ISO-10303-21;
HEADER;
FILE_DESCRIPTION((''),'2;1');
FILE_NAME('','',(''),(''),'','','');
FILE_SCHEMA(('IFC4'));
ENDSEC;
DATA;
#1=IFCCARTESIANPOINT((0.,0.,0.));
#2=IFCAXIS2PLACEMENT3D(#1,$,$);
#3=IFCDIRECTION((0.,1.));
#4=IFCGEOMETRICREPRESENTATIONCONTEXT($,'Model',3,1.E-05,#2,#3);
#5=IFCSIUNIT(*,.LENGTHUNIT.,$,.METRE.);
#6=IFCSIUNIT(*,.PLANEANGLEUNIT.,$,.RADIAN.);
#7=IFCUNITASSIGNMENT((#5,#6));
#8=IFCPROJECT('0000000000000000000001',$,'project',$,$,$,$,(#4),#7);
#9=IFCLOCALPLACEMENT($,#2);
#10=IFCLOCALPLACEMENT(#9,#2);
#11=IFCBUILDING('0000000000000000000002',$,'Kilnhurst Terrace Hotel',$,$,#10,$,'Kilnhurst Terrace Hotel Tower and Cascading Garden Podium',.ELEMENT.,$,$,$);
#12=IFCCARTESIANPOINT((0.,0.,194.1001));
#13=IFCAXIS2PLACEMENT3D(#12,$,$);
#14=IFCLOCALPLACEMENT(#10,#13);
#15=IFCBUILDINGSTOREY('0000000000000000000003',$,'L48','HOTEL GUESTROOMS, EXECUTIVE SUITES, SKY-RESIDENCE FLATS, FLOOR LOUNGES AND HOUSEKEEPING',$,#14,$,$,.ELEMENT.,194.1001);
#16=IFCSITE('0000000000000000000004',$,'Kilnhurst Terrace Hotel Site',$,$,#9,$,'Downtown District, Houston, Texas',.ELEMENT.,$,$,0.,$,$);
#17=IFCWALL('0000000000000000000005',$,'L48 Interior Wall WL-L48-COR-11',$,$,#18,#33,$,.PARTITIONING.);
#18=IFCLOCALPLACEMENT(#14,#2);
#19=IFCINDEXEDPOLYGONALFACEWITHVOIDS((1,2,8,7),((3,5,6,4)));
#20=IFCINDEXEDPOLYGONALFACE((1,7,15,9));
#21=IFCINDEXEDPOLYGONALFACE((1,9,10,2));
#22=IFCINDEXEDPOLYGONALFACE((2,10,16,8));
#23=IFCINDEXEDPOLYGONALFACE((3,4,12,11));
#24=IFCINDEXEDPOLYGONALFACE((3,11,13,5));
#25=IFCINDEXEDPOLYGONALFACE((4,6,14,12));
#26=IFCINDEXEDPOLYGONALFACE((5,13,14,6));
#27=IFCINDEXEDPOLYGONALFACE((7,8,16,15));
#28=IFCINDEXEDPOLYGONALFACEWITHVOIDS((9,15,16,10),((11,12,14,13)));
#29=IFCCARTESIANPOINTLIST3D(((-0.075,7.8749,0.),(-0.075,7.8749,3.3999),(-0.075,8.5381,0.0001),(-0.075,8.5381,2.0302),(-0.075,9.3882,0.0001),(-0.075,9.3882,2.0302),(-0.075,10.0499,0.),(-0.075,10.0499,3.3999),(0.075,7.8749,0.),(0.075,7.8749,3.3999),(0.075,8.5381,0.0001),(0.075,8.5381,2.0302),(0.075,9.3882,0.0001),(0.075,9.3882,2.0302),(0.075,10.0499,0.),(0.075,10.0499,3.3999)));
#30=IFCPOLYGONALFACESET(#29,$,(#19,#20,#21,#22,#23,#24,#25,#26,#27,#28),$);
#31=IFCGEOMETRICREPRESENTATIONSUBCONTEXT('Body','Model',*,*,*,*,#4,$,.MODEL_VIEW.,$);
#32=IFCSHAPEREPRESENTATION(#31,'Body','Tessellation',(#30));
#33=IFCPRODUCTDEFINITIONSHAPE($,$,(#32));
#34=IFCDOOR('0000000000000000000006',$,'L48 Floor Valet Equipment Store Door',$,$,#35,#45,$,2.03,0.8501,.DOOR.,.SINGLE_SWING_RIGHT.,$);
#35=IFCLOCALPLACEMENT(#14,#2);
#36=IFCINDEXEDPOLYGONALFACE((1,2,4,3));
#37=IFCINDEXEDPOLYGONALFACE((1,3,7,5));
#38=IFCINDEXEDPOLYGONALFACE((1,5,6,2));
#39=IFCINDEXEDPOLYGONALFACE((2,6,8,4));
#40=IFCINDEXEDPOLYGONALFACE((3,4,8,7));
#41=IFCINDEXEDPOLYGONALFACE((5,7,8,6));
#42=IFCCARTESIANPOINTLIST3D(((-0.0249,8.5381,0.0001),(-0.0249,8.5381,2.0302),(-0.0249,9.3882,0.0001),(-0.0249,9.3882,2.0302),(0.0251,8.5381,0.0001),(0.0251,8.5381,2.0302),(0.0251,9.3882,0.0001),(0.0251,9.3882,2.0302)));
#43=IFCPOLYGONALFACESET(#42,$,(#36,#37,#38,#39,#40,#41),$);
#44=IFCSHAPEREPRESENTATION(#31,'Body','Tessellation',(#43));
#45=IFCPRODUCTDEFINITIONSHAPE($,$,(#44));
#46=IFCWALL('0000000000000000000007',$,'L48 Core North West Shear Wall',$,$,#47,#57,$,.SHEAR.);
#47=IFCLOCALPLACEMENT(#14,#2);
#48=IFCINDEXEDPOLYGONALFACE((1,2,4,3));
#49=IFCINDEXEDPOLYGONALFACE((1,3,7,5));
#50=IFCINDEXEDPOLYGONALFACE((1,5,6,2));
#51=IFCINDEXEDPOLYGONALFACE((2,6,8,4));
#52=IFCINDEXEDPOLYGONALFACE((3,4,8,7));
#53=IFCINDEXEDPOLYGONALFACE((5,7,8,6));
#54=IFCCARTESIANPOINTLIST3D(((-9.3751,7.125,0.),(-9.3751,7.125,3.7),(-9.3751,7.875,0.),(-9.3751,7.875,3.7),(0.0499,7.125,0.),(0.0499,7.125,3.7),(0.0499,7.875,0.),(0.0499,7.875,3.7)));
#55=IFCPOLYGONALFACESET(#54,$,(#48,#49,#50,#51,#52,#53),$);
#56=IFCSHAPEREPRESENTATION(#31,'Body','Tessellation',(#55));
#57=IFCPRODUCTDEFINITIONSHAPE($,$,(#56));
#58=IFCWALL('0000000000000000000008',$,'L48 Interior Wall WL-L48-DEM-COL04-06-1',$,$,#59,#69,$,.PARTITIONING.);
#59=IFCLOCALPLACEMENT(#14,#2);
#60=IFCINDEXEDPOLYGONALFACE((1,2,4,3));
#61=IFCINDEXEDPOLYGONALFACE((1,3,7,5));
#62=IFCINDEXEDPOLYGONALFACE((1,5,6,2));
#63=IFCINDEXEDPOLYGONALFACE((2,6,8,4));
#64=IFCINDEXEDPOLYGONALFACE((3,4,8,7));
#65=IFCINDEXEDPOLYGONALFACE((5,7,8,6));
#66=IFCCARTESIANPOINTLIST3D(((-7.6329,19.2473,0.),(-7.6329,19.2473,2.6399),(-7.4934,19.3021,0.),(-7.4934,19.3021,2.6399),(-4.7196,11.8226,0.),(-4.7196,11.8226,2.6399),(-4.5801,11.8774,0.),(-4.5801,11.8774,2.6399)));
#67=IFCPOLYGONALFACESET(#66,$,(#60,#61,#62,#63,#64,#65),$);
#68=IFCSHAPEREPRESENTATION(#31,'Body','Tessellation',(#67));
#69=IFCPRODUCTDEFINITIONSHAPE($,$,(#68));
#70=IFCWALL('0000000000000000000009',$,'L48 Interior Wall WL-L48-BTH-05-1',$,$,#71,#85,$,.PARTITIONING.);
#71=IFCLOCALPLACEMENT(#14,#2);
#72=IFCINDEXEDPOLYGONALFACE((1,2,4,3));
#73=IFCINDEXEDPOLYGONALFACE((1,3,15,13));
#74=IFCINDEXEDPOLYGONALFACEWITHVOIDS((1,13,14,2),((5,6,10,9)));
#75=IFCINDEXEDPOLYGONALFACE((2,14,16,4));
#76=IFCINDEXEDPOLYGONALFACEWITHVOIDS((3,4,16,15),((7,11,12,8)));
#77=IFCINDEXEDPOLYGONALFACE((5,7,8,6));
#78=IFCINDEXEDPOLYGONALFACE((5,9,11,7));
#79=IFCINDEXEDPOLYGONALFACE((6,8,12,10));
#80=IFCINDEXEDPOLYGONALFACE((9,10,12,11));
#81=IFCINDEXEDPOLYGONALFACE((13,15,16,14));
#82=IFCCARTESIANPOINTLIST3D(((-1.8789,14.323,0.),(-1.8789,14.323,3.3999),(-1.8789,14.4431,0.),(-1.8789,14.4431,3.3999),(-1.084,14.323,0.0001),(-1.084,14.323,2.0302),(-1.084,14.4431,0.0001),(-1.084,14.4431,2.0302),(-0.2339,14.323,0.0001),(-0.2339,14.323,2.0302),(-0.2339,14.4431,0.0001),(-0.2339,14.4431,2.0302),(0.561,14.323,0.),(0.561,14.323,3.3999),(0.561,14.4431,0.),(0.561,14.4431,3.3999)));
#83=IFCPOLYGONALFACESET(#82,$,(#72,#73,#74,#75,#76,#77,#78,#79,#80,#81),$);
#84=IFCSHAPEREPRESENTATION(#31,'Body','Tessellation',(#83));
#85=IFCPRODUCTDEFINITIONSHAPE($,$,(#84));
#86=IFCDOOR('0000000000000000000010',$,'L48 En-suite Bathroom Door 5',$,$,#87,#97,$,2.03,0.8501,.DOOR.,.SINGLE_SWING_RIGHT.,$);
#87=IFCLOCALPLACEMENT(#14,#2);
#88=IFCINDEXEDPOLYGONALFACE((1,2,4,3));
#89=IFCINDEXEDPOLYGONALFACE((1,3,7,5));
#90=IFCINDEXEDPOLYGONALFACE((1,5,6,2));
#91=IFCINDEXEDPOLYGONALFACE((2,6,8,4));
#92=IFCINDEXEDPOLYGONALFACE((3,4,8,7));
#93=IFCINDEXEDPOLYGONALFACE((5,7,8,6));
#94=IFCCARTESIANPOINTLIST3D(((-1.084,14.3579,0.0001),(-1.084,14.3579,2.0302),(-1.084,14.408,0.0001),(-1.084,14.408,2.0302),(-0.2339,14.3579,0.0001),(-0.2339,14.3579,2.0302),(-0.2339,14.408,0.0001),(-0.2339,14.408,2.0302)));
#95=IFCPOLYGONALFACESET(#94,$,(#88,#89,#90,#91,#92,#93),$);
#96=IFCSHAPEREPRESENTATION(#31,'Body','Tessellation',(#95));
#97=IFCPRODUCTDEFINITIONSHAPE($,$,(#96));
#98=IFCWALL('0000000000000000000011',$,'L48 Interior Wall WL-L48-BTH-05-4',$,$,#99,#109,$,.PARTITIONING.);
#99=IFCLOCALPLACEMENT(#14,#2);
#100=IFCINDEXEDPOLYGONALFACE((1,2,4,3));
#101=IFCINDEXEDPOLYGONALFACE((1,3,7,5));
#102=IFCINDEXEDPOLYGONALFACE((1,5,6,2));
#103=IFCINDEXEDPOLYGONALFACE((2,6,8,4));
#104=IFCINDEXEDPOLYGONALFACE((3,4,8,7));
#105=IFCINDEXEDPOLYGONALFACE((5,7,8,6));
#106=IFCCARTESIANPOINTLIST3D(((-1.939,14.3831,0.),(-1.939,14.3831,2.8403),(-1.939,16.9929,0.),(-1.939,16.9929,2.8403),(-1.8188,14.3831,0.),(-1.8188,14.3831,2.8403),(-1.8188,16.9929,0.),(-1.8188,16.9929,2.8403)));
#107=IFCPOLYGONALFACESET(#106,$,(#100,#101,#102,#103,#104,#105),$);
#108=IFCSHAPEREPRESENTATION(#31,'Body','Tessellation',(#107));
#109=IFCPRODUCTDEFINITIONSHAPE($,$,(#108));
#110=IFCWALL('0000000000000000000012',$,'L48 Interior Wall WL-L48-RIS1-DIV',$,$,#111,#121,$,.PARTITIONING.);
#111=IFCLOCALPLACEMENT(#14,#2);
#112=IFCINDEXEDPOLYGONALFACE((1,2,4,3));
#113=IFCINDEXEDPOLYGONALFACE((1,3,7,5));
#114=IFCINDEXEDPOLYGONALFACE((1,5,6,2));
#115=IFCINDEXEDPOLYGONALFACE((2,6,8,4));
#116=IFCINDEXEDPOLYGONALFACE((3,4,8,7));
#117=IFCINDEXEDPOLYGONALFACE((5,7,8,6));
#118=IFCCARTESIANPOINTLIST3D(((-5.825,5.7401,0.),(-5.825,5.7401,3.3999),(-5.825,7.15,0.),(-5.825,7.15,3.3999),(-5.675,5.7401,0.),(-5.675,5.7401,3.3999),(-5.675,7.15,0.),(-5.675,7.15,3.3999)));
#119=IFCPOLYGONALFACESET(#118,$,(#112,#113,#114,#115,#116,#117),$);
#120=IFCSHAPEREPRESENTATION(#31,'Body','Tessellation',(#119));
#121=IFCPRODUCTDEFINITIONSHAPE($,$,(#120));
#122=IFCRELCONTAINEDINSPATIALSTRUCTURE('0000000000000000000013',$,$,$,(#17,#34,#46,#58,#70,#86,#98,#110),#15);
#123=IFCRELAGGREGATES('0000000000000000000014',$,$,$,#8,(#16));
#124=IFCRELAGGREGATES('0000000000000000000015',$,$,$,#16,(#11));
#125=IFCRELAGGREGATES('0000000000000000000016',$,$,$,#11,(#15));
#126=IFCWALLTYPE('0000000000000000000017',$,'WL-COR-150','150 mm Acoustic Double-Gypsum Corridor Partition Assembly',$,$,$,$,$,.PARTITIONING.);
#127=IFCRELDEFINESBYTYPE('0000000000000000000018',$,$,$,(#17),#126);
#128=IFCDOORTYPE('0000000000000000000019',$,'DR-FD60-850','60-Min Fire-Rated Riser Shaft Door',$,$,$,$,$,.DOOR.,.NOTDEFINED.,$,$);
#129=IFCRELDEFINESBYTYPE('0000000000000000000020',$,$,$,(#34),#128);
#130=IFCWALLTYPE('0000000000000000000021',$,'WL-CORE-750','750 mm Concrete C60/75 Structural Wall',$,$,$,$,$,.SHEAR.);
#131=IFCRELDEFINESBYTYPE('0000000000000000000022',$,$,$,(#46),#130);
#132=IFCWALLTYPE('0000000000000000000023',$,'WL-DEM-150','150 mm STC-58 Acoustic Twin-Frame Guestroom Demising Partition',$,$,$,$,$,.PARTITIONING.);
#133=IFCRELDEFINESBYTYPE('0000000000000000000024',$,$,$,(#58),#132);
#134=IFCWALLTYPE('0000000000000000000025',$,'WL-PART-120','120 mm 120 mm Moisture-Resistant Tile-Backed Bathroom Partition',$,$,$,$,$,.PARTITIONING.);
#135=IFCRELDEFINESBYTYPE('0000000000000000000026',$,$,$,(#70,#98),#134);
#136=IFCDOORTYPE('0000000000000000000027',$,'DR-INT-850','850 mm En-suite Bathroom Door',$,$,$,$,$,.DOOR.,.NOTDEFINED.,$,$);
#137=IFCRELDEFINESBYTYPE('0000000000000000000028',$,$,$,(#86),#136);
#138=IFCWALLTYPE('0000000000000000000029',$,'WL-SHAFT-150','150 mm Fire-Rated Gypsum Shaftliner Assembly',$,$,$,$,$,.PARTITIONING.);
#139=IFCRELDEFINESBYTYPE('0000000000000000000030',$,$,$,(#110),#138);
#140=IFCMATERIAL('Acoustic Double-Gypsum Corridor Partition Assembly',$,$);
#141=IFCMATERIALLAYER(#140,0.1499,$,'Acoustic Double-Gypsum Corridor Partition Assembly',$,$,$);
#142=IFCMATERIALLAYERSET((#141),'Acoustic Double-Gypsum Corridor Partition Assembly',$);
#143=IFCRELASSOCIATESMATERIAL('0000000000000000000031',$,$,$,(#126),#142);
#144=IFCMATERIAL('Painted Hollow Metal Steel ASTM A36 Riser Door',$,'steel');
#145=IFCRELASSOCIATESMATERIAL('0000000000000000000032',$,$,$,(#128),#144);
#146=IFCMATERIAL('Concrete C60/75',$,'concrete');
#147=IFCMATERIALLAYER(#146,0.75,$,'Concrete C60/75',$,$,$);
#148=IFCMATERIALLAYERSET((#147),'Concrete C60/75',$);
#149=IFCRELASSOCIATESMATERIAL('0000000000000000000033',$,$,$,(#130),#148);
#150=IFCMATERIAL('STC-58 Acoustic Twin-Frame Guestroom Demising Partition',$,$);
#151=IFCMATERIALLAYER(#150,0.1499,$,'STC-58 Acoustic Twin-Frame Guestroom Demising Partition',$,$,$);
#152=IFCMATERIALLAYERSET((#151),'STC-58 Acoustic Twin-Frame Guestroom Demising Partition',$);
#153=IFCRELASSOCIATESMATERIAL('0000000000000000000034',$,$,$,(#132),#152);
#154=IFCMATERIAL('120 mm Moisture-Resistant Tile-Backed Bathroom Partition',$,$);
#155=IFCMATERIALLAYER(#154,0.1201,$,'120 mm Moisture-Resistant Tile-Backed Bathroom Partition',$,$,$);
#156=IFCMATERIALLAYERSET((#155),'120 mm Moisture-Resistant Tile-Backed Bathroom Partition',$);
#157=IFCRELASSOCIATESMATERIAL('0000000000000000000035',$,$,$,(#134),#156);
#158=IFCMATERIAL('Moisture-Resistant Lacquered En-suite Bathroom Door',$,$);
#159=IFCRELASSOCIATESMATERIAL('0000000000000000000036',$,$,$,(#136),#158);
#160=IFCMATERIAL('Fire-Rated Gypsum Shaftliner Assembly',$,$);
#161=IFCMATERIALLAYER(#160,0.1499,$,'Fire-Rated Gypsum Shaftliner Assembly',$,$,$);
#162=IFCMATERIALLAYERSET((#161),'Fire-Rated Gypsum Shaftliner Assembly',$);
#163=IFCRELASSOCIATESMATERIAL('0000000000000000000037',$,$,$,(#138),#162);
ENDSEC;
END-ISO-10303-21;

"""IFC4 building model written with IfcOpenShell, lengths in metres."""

from ifc_helpers import new_model, si_unit, direction, frame, frame_2d, origin, place, context, subcontext, project, spatial, rectangle, extrude, material, layer, layer_set, type_object, element, fill, save


model = new_model("IFC4")

# Units and contexts
model_context = context("Model", 3, precision=1e-05, world=origin(), true_north=direction((0.0, 1.0)))
body_context = subcontext(model_context, "Body", "Model", "MODEL_VIEW")
ifc_project = project(units=[si_unit("LENGTHUNIT", "METRE"), si_unit("PLANEANGLEUNIT", "RADIAN")], contexts=[model_context])

# Site, building, storey
site_placement = place(None, origin())
site = spatial("IfcSite", under=ifc_project, at=site_placement, Name="Kilnhurst Terrace Hotel Site", LongName="Downtown District, Houston, Texas", CompositionType="ELEMENT", RefElevation=0.0)
building_placement = place(site_placement, origin())
building = spatial("IfcBuilding", under=site, at=building_placement, Name="Kilnhurst Terrace Hotel", LongName="Kilnhurst Terrace Hotel Tower and Cascading Garden Podium", CompositionType="ELEMENT")
storey_placement = place(building_placement, frame((0.0, 0.0, 194.1001)))
storey = spatial("IfcBuildingStorey", under=building, at=storey_placement, Name="L48", Description="HOTEL GUESTROOMS, EXECUTIVE SUITES, SKY-RESIDENCE FLATS, FLOOR LOUNGES AND HOUSEKEEPING", CompositionType="ELEMENT", Elevation=194.1001)

# Wall, opening, door
ifc_material_1 = material(Name="Acoustic Double-Gypsum Corridor Partition Assembly")
ifc_layer_1 = layer(ifc_material_1, 0.1499, Name="Acoustic Double-Gypsum Corridor Partition Assembly")
ifc_layer_set_1 = layer_set([ifc_layer_1], Name="Acoustic Double-Gypsum Corridor Partition Assembly")
wall_type_1 = type_object("IfcWallType", Name="WL-COR-150", Description="150 mm Acoustic Double-Gypsum Corridor Partition Assembly", PredefinedType="PARTITIONING", material=ifc_layer_set_1)
wall_1_placement = place(storey_placement, frame((0.0, 7.875, 0.0), z_axis=(0.0, 0.0, 1.0), x_axis=(0.0, 1.0, 0.0)))
wall_1 = element("IfcWall", 1, at=wall_1_placement, inside=storey, type_object=wall_type_1, Name="L48 Interior Wall WL-L48-COR-11", PredefinedType="PARTITIONING", context=body_context, shape_type="SweptSolid", body=[
    extrude(rectangle(XDim=2.175, YDim=0.1499, at=frame_2d((1.0874, 0.0))), origin(), (0.0, 0.0, 1.0), 3.3999),
])
opening_1_placement = place(wall_1_placement, frame((0.6631, 0.0, 0.0)))
opening_1 = element("IfcOpeningElement", 2, at=opening_1_placement, cuts=wall_1, PredefinedType="OPENING", context=body_context, shape_type="SweptSolid", body=[
    extrude(rectangle(XDim=0.8501, YDim=2.03, at=frame_2d((0.425, 1.0151))), frame((0.0, 0.085, 0.0), z_axis=(0.0, -1.0, 0.0), x_axis=(1.0, 0.0, 0.0)), (0.0, 0.0, 1.0), 0.1699),
])
ifc_material_2 = material(Name="Painted Hollow Metal Steel ASTM A36 Riser Door", Category="steel")
door_type_1 = type_object("IfcDoorType", Name="DR-FD60-850", Description="60-Min Fire-Rated Riser Shaft Door", OperationType="NOTDEFINED", PredefinedType="DOOR", material=ifc_material_2)
door_1_placement = place(opening_1_placement, origin())
door_1 = element("IfcDoor", 3, at=door_1_placement, inside=storey, type_object=door_type_1, Name="L48 Floor Valet Equipment Store Door", OperationType="SINGLE_SWING_RIGHT", OverallHeight=2.03, OverallWidth=0.8501, PredefinedType="DOOR", context=body_context, shape_type="SweptSolid", body=[
    extrude(rectangle(XDim=0.8501, YDim=2.03, at=frame_2d((0.425, 1.0151))), frame((0.0, 0.0249, 0.0), z_axis=(0.0, -1.0, 0.0), x_axis=(1.0, 0.0, 0.0)), (0.0, 0.0, 1.0), 0.05),
])
fill(opening_1, door_1)

# Walls
ifc_material_3 = material(Name="Concrete C60/75", Category="concrete")
ifc_layer_2 = layer(ifc_material_3, 0.75, Name="Concrete C60/75")
ifc_layer_set_2 = layer_set([ifc_layer_2], Name="Concrete C60/75")
wall_type_2 = type_object("IfcWallType", Name="WL-CORE-750", Description="750 mm Concrete C60/75 Structural Wall", PredefinedType="SHEAR", material=ifc_layer_set_2)
wall_2_placement = place(storey_placement, frame((-9.375, 7.5, 0.0), z_axis=(0.0, 0.0, 1.0), x_axis=(1.0, 0.0, 0.0)))
element("IfcWall", 4, at=wall_2_placement, inside=storey, type_object=wall_type_2, Name="L48 Core North West Shear Wall", PredefinedType="SHEAR", context=body_context, shape_type="SweptSolid", body=[
    extrude(rectangle(XDim=9.425, YDim=0.75, at=frame_2d((4.7124, 0.0))), origin(), (0.0, 0.0, 1.0), 3.7),
])
ifc_material_4 = material(Name="STC-58 Acoustic Twin-Frame Guestroom Demising Partition")
ifc_layer_3 = layer(ifc_material_4, 0.1499, Name="STC-58 Acoustic Twin-Frame Guestroom Demising Partition")
ifc_layer_set_3 = layer_set([ifc_layer_3], Name="STC-58 Acoustic Twin-Frame Guestroom Demising Partition")
wall_type_3 = type_object("IfcWallType", Name="WL-DEM-150", Description="150 mm STC-58 Acoustic Twin-Frame Guestroom Demising Partition", PredefinedType="PARTITIONING", material=ifc_layer_set_3)
wall_3_placement = place(storey_placement, frame((-4.6499, 11.8501, 0.0), z_axis=(0.0, 0.0, 1.0), x_axis=(-0.365266, 0.930903, 0.0)))
element("IfcWall", 5, at=wall_3_placement, inside=storey, type_object=wall_type_3, Name="L48 Interior Wall WL-L48-DEM-COL04-06-1", PredefinedType="PARTITIONING", context=body_context, shape_type="SweptSolid", body=[
    extrude(rectangle(XDim=7.9758, YDim=0.1499, at=frame_2d((3.9878, 0.0))), origin(), (0.0, 0.0, 1.0), 2.6399),
])

# Wall, opening, door
ifc_material_5 = material(Name="120 mm Moisture-Resistant Tile-Backed Bathroom Partition")
ifc_layer_4 = layer(ifc_material_5, 0.1201, Name="120 mm Moisture-Resistant Tile-Backed Bathroom Partition")
ifc_layer_set_4 = layer_set([ifc_layer_4], Name="120 mm Moisture-Resistant Tile-Backed Bathroom Partition")
wall_type_4 = type_object("IfcWallType", Name="WL-PART-120", Description="120 mm 120 mm Moisture-Resistant Tile-Backed Bathroom Partition", PredefinedType="PARTITIONING", material=ifc_layer_set_4)
wall_4_placement = place(storey_placement, frame((-1.8789, 14.3831, 0.0), z_axis=(0.0, 0.0, 1.0), x_axis=(1.0, 0.0, 0.0)))
wall_4 = element("IfcWall", 6, at=wall_4_placement, inside=storey, type_object=wall_type_4, Name="L48 Interior Wall WL-L48-BTH-05-1", PredefinedType="PARTITIONING", context=body_context, shape_type="SweptSolid", body=[
    extrude(rectangle(XDim=2.4399, YDim=0.1201, at=frame_2d((1.22, 0.0))), origin(), (0.0, 0.0, 1.0), 3.3999),
])
opening_2_placement = place(wall_4_placement, frame((0.7949, 0.0, 0.0)))
opening_2 = element("IfcOpeningElement", 7, at=opening_2_placement, cuts=wall_4, PredefinedType="OPENING", context=body_context, shape_type="SweptSolid", body=[
    extrude(rectangle(XDim=0.8501, YDim=2.03, at=frame_2d((0.425, 1.0151))), frame((0.0, 0.0701, 0.0), z_axis=(0.0, -1.0, 0.0), x_axis=(1.0, 0.0, 0.0)), (0.0, 0.0, 1.0), 0.1401),
])
ifc_material_6 = material(Name="Moisture-Resistant Lacquered En-suite Bathroom Door")
door_type_2 = type_object("IfcDoorType", Name="DR-INT-850", Description="850 mm En-suite Bathroom Door", OperationType="NOTDEFINED", PredefinedType="DOOR", material=ifc_material_6)
door_2_placement = place(opening_2_placement, origin())
door_2 = element("IfcDoor", 8, at=door_2_placement, inside=storey, type_object=door_type_2, Name="L48 En-suite Bathroom Door 5", OperationType="SINGLE_SWING_RIGHT", OverallHeight=2.03, OverallWidth=0.8501, PredefinedType="DOOR", context=body_context, shape_type="SweptSolid", body=[
    extrude(rectangle(XDim=0.8501, YDim=2.03, at=frame_2d((0.425, 1.0151))), frame((0.0, 0.0249, 0.0), z_axis=(0.0, -1.0, 0.0), x_axis=(1.0, 0.0, 0.0)), (0.0, 0.0, 1.0), 0.05),
])
fill(opening_2, door_2)

# Walls
wall_5_placement = place(storey_placement, frame((-1.8789, 16.9929, 0.0), z_axis=(0.0, 0.0, 1.0), x_axis=(0.0, -1.0, 0.0)))
element("IfcWall", 9, at=wall_5_placement, inside=storey, type_object=wall_type_4, Name="L48 Interior Wall WL-L48-BTH-05-4", PredefinedType="PARTITIONING", context=body_context, shape_type="SweptSolid", body=[
    extrude(rectangle(XDim=2.6099, YDim=0.1201, at=frame_2d((1.3049, 0.0))), origin(), (0.0, 0.0, 1.0), 2.8403),
])
ifc_material_7 = material(Name="Fire-Rated Gypsum Shaftliner Assembly")
ifc_layer_5 = layer(ifc_material_7, 0.1499, Name="Fire-Rated Gypsum Shaftliner Assembly")
ifc_layer_set_5 = layer_set([ifc_layer_5], Name="Fire-Rated Gypsum Shaftliner Assembly")
wall_type_5 = type_object("IfcWallType", Name="WL-SHAFT-150", Description="150 mm Fire-Rated Gypsum Shaftliner Assembly", PredefinedType="PARTITIONING", material=ifc_layer_set_5)
wall_6_placement = place(storey_placement, frame((-5.75, 5.74, 0.0), z_axis=(0.0, 0.0, 1.0), x_axis=(0.0, 1.0, 0.0)))
element("IfcWall", 10, at=wall_6_placement, inside=storey, type_object=wall_type_5, Name="L48 Interior Wall WL-L48-RIS1-DIV", PredefinedType="PARTITIONING", context=body_context, shape_type="SweptSolid", body=[
    extrude(rectangle(XDim=1.4099, YDim=0.1499, at=frame_2d((0.7051, 0.0))), origin(), (0.0, 0.0, 1.0), 3.3999),
])

save(model, "model.ifc")
